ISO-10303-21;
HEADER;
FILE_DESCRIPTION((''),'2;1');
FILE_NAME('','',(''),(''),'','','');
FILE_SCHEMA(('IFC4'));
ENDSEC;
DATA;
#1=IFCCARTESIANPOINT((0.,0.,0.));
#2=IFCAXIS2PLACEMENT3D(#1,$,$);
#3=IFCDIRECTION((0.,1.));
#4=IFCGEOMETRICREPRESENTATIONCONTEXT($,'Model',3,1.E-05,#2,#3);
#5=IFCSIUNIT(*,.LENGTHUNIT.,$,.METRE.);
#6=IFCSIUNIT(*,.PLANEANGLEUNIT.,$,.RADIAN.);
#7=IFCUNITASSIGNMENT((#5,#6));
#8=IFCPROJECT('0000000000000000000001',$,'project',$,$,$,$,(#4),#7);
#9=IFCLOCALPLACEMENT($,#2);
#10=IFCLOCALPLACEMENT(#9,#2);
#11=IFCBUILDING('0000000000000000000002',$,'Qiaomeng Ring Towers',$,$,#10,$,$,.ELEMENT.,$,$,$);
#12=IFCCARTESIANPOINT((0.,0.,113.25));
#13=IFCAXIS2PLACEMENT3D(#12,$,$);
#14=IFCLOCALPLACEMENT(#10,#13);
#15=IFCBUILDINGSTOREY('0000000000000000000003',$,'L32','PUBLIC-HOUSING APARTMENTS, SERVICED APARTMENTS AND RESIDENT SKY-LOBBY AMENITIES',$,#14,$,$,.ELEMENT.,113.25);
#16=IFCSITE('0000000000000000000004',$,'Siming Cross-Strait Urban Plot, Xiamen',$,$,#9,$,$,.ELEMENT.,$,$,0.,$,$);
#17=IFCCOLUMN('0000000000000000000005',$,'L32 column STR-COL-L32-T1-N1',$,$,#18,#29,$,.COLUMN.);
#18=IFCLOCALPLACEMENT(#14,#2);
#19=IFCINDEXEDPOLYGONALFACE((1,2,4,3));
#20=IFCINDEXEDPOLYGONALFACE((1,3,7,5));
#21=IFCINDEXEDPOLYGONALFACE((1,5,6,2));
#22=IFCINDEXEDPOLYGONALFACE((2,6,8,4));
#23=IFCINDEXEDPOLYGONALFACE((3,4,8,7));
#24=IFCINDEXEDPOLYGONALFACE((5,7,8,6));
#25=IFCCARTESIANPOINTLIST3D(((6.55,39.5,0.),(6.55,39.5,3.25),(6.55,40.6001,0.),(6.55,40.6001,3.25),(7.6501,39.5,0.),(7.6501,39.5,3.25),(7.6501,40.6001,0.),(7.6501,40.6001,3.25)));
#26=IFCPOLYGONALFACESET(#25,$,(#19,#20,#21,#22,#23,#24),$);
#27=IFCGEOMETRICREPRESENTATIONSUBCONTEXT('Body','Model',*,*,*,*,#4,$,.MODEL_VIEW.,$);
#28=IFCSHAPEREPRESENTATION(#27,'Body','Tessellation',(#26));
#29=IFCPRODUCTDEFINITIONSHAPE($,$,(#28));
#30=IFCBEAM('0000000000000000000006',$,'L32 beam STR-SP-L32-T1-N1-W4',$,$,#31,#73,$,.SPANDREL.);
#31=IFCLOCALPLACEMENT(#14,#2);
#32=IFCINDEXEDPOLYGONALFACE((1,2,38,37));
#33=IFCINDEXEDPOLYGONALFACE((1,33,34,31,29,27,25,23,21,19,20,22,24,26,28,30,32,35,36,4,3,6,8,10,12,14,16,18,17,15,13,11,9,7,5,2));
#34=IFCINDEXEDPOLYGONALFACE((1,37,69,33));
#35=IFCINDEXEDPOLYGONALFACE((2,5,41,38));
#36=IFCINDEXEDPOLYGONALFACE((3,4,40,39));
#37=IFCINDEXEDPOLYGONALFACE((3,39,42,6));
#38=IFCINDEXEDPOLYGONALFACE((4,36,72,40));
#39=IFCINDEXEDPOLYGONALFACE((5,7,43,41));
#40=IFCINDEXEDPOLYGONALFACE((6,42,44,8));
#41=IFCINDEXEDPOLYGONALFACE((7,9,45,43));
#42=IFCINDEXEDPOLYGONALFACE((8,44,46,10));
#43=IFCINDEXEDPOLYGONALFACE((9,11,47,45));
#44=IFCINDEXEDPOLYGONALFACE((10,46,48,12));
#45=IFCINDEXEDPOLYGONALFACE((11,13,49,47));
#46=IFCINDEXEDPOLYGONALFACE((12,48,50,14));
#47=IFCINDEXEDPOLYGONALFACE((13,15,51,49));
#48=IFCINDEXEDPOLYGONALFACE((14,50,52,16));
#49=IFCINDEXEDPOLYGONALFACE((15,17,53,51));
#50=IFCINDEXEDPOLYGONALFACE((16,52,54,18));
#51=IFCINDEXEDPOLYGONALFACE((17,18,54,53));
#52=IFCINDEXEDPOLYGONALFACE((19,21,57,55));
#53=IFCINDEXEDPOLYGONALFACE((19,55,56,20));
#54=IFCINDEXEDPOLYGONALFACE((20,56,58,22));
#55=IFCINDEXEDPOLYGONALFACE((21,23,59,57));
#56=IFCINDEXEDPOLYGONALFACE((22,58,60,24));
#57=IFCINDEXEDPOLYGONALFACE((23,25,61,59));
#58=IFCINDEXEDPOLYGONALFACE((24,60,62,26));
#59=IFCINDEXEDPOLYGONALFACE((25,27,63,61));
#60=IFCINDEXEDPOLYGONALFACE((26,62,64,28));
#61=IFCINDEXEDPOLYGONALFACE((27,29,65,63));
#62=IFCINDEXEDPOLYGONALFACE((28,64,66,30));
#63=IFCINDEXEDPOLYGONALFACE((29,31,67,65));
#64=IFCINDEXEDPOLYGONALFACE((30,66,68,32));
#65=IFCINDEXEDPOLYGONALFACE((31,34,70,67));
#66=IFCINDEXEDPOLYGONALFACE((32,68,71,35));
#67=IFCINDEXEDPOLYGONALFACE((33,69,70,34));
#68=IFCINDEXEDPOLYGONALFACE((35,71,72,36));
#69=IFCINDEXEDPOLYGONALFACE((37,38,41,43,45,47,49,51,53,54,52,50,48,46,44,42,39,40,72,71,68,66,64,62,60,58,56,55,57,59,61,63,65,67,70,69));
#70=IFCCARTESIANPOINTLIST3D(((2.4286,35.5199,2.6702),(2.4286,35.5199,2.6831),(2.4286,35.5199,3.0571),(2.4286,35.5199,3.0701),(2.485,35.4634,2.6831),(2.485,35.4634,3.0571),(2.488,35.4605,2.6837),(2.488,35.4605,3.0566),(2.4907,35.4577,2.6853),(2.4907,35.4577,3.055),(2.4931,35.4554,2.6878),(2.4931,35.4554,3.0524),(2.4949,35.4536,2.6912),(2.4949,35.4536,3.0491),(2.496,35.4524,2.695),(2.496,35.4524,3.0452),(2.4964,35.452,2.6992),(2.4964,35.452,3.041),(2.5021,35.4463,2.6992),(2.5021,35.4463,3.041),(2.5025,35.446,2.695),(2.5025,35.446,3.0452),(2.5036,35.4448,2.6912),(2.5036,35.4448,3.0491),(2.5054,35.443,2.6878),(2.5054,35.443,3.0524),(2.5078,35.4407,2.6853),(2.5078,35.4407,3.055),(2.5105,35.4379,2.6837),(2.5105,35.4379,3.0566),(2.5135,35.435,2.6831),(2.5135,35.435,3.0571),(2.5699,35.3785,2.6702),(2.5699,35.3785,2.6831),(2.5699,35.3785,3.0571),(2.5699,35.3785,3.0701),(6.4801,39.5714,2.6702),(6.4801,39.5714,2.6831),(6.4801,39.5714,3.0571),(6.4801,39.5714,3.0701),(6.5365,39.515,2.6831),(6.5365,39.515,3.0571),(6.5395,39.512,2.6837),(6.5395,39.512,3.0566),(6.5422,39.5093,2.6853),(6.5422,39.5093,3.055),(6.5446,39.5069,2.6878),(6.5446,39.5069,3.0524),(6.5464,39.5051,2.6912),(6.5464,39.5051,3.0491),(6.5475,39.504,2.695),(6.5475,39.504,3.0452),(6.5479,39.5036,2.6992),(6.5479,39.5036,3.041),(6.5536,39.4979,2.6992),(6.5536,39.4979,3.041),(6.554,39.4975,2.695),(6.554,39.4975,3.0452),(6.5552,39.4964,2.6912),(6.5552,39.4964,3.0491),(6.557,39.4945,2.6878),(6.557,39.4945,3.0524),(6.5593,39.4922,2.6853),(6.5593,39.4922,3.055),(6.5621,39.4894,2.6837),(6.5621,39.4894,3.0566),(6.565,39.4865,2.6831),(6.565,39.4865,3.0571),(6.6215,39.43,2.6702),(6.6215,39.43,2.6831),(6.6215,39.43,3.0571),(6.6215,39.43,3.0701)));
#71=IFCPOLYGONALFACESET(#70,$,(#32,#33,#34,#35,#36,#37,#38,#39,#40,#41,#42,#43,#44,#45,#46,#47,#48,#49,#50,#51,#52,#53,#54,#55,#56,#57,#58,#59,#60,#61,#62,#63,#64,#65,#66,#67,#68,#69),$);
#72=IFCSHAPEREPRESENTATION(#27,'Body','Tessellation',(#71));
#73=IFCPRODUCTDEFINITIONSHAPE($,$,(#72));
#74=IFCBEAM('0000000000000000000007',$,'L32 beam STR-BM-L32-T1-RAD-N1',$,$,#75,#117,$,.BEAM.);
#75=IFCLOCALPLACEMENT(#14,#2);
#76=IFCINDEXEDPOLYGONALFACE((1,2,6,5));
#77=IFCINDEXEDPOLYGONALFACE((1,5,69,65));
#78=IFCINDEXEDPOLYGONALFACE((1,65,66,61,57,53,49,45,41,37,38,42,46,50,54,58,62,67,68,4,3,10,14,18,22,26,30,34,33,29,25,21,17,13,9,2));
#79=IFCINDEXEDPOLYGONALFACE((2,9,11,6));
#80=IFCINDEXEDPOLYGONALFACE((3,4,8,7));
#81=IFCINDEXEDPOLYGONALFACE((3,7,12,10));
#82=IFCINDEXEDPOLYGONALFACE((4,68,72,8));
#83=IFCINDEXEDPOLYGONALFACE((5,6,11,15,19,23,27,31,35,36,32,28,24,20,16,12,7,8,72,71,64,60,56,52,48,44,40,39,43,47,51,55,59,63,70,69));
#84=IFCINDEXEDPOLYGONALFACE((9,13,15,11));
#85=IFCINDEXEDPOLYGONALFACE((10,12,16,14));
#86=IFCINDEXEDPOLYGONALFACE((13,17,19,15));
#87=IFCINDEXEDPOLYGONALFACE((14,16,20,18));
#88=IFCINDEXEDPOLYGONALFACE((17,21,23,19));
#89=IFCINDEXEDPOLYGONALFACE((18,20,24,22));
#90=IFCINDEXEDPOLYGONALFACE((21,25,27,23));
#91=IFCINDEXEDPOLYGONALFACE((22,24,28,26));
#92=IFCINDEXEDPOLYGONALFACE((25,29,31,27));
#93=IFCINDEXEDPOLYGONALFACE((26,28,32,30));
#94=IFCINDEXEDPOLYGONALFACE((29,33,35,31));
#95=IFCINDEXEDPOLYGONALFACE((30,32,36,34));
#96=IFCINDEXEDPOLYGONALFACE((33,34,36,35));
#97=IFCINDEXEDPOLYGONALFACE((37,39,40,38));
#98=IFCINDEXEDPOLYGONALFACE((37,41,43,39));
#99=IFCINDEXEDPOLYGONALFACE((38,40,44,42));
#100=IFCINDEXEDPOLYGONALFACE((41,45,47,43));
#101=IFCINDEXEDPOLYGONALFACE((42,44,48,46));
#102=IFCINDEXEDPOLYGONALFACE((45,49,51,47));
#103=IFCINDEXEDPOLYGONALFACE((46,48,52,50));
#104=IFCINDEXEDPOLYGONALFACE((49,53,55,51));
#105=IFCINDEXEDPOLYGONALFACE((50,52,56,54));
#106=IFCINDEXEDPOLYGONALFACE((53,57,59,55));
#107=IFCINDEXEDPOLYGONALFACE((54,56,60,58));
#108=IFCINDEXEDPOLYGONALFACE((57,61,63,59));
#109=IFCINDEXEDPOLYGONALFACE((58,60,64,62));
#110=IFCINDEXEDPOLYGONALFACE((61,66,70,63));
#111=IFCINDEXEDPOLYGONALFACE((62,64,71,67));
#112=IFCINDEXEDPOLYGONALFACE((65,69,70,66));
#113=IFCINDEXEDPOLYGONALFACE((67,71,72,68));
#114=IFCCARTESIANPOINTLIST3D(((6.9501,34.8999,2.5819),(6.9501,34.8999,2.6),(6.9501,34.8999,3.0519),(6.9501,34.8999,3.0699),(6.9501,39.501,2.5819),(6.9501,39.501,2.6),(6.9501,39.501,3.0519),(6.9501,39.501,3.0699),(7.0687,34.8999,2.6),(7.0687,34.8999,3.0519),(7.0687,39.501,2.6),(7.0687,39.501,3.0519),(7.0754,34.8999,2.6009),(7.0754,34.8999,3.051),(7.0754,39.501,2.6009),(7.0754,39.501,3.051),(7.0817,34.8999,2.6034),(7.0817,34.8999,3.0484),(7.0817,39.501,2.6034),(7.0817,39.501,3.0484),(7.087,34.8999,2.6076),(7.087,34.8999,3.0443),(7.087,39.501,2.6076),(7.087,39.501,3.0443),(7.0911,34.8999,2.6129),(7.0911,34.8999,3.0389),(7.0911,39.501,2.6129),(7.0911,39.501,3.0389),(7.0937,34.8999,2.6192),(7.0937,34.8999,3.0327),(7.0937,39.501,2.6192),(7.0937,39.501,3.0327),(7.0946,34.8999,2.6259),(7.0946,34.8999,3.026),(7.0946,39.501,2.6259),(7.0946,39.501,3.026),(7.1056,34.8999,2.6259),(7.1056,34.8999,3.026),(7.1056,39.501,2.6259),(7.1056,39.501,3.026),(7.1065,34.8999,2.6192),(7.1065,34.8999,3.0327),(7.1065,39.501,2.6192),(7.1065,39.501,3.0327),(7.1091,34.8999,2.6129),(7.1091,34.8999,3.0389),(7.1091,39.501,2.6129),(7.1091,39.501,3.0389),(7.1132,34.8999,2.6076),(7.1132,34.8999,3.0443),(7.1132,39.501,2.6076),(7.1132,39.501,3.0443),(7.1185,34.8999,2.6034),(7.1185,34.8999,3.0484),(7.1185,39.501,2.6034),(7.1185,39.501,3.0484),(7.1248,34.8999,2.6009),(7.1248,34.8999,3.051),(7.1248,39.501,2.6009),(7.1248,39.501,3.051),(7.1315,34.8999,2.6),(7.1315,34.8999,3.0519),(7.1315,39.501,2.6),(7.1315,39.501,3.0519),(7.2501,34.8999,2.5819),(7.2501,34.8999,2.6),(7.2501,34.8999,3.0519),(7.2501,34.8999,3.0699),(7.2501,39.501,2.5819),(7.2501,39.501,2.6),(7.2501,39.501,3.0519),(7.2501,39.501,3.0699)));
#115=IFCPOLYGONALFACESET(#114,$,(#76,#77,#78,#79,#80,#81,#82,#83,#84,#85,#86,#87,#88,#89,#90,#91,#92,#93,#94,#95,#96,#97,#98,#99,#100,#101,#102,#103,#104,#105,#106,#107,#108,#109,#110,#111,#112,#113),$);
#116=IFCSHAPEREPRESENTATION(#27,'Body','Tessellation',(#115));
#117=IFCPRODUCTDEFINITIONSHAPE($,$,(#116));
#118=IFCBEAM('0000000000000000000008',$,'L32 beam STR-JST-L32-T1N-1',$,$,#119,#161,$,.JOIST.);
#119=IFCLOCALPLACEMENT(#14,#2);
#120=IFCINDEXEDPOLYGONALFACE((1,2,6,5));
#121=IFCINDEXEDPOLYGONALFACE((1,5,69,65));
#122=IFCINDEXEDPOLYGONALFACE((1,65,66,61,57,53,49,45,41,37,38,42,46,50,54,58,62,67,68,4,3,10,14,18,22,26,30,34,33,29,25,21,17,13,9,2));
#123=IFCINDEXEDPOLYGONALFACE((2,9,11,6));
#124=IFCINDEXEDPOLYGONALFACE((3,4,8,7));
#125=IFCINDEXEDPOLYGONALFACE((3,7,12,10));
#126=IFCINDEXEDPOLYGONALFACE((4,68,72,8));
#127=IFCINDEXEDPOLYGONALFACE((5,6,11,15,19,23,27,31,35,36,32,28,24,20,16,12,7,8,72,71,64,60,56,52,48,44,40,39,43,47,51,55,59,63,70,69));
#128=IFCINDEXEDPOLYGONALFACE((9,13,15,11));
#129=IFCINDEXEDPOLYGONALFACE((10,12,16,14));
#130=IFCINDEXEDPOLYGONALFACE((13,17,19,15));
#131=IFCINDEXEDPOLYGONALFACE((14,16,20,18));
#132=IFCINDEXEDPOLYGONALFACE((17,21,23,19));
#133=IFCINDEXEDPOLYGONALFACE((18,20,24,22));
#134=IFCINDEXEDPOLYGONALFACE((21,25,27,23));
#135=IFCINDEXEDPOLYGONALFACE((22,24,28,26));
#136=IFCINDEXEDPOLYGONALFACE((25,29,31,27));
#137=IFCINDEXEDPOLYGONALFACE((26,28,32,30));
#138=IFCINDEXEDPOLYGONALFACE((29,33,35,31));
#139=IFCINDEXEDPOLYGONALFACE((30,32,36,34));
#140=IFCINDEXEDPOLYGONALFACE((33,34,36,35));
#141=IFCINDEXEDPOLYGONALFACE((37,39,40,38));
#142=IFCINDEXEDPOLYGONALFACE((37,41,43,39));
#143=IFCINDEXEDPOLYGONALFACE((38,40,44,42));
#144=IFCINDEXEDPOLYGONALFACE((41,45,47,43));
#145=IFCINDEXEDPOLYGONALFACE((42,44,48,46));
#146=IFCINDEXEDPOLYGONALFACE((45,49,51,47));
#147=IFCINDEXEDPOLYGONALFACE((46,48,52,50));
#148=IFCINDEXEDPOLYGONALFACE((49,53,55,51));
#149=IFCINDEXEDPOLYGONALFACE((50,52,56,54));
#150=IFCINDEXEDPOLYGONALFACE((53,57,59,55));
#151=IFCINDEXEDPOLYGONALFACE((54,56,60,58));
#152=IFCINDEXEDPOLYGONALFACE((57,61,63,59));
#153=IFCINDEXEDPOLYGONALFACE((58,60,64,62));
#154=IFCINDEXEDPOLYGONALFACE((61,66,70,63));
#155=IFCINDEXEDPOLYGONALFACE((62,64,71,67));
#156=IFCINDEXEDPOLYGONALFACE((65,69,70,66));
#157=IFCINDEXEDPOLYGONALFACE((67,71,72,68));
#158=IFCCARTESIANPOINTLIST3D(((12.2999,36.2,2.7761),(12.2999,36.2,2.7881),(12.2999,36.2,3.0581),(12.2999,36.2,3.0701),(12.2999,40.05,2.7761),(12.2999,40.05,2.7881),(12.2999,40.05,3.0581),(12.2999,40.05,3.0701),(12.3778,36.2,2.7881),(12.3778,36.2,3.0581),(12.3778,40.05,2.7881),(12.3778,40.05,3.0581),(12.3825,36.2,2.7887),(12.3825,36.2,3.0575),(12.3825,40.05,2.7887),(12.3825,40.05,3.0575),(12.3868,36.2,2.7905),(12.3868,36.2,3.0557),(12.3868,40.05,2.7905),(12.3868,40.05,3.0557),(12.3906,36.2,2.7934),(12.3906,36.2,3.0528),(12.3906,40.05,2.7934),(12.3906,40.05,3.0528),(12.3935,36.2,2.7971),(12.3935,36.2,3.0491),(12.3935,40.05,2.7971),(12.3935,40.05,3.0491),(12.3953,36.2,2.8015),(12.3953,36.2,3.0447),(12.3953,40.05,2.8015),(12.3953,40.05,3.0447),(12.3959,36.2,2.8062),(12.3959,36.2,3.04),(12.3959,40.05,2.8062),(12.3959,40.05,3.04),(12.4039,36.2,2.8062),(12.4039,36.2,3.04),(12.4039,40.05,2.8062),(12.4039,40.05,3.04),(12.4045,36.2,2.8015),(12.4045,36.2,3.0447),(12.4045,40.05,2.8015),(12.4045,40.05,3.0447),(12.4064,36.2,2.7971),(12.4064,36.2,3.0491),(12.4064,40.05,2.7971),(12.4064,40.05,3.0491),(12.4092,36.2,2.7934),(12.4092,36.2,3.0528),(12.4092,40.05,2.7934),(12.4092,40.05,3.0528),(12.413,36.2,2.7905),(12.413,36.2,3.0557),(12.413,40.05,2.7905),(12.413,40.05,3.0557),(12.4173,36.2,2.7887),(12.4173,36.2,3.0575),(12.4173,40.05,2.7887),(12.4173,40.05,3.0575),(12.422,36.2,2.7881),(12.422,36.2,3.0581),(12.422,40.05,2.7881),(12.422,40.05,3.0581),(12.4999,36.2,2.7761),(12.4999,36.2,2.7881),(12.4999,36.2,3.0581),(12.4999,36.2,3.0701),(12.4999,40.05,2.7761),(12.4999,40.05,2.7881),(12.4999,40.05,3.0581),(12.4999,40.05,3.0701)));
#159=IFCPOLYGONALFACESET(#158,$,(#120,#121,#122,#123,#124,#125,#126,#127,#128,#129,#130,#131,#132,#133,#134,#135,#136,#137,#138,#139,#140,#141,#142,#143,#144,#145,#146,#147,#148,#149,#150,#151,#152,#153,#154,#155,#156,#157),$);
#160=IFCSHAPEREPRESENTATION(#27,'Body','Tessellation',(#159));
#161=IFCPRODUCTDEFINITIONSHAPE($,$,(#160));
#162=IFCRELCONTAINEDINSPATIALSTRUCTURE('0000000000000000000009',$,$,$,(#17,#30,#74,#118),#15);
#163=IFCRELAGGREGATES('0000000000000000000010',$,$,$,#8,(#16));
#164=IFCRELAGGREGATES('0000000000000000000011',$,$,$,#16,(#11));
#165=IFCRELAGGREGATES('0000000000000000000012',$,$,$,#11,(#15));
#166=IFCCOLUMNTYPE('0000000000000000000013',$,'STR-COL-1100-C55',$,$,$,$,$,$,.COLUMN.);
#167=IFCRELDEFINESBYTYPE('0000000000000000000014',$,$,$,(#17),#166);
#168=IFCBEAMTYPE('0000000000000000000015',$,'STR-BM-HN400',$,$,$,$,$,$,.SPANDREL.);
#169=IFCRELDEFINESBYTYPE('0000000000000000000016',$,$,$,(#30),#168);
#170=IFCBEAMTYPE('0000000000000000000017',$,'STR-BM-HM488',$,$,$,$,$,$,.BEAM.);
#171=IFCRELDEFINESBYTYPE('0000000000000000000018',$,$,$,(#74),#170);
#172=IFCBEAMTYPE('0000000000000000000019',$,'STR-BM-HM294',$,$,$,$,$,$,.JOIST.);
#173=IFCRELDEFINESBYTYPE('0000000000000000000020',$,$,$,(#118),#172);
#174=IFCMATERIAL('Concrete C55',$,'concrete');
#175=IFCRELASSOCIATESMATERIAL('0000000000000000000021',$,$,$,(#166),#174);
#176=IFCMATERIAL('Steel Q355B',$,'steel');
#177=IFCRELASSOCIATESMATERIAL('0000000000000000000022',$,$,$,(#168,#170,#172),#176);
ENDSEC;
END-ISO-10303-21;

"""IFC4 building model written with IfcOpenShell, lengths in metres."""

from ifc_helpers import new_model, si_unit, direction, frame, origin, origin_2d, place, context, subcontext, project, spatial, rectangle, i_section, extrude, source, transform, mapped, material, material_profile, profile_set, type_object, element, save


model = new_model("IFC4")

# Units and contexts
model_context = context("Model", 3, precision=1e-05, world=origin(), true_north=direction((0.0, 1.0)))
body_context = subcontext(model_context, "Body", "Model", "MODEL_VIEW")
ifc_project = project(units=[si_unit("LENGTHUNIT", "METRE"), si_unit("PLANEANGLEUNIT", "RADIAN")], contexts=[model_context])

# Site, building, storey
site_placement = place(None, origin())
site = spatial("IfcSite", under=ifc_project, at=site_placement, Name="Siming Cross-Strait Urban Plot, Xiamen", CompositionType="ELEMENT", RefElevation=0.0)
building_placement = place(site_placement, origin())
building = spatial("IfcBuilding", under=site, at=building_placement, Name="Qiaomeng Ring Towers", CompositionType="ELEMENT")
storey_placement = place(building_placement, frame((0.0, 0.0, 113.25)))
storey = spatial("IfcBuildingStorey", under=building, at=storey_placement, Name="L32", Description="PUBLIC-HOUSING APARTMENTS, SERVICED APARTMENTS AND RESIDENT SKY-LOBBY AMENITIES", CompositionType="ELEMENT", Elevation=113.25)

# Column
ifc_material_1 = material(Name="Concrete C55", Category="concrete")
ifc_material_profile_1 = material_profile(ifc_material_1, rectangle(XDim=1.1001, YDim=1.1001, at=origin_2d()), Name="RC COL 1100x1100")
ifc_profile_set_1 = profile_set([ifc_material_profile_1], Name="Concrete C55")
column_type = type_object("IfcColumnType", Name="STR-COL-1100-C55", PredefinedType="COLUMN", material=ifc_profile_set_1)
shared_shape_1 = source(origin(), body_context, "Body", "SweptSolid", [
    extrude(rectangle(XDim=1.1001, YDim=1.1001, at=origin_2d()), origin(), (0.0, 0.0, 1.0), 3.25),
])
column_placement = place(storey_placement, frame((7.1001, 40.05, 0.0), z_axis=(0.0, 0.0, 1.0), x_axis=(1.0, 0.0, 0.0)))
element("IfcColumn", 1, at=column_placement, inside=storey, type_object=column_type, Name="L32 column STR-COL-L32-T1-N1", PredefinedType="COLUMN", context=body_context, shape_type="MappedRepresentation", body=[
    mapped(shared_shape_1, transform((0.0, 0.0, 0.0), x_axis=(1.0, 0.0, 0.0), y_axis=(0.0, 1.0, 0.0), z_axis=(0.0, 0.0, 1.0), scale=1.0)),
])

# Beams
ifc_material_2 = material(Name="Steel Q355B", Category="steel")
ifc_material_profile_2 = material_profile(ifc_material_2, i_section(OverallWidth=0.2, OverallDepth=0.3999, WebThickness=0.0081, FlangeThickness=0.0129, FilletRadius=0.0161, at=origin_2d()), Name="HN 400x200x8x13")
ifc_profile_set_2 = profile_set([ifc_material_profile_2], Name="Steel Q355B")
beam_type_1 = type_object("IfcBeamType", Name="STR-BM-HN400", PredefinedType="SPANDREL", material=ifc_profile_set_2)
shared_shape_2 = source(origin(), body_context, "Body", "SweptSolid", [
    extrude(i_section(OverallWidth=0.2, OverallDepth=0.3999, WebThickness=0.0081, FlangeThickness=0.0129, FilletRadius=0.0161, at=origin_2d()), origin(), (0.0, 0.0, 1.0), 5.7297),
])
beam_1_placement = place(storey_placement, frame((6.5508, 39.5007, 2.8701), z_axis=(-0.707107, -0.707107, 0.0), x_axis=(0.707107, -0.707107, 0.0)))
element("IfcBeam", 2, at=beam_1_placement, inside=storey, type_object=beam_type_1, Name="L32 beam STR-SP-L32-T1-N1-W4", PredefinedType="SPANDREL", context=body_context, shape_type="MappedRepresentation", body=[
    mapped(shared_shape_2, transform((0.0, 0.0, 0.0), x_axis=(1.0, 0.0, 0.0), y_axis=(0.0, 1.0, 0.0), z_axis=(0.0, 0.0, 1.0), scale=1.0)),
])
ifc_material_profile_3 = material_profile(ifc_material_2, i_section(OverallWidth=0.3, OverallDepth=0.488, WebThickness=0.011, FlangeThickness=0.0181, FilletRadius=0.0259, at=origin_2d()), Name="HM 488x300x11x18")
ifc_profile_set_3 = profile_set([ifc_material_profile_3], Name="Steel Q355B")
beam_type_2 = type_object("IfcBeamType", Name="STR-BM-HM488", PredefinedType="BEAM", material=ifc_profile_set_3)
shared_shape_3 = source(origin(), body_context, "Body", "SweptSolid", [
    extrude(i_section(OverallWidth=0.3, OverallDepth=0.488, WebThickness=0.011, FlangeThickness=0.0181, FilletRadius=0.0259, at=origin_2d()), origin(), (0.0, 0.0, 1.0), 4.6011),
])
beam_2_placement = place(storey_placement, frame((7.1001, 39.501, 2.8259), z_axis=(0.0, -1.0, 0.0), x_axis=(1.0, 0.0, 0.0)))
element("IfcBeam", 3, at=beam_2_placement, inside=storey, type_object=beam_type_2, Name="L32 beam STR-BM-L32-T1-RAD-N1", PredefinedType="BEAM", context=body_context, shape_type="MappedRepresentation", body=[
    mapped(shared_shape_3, transform((0.0, 0.0, 0.0), x_axis=(1.0, 0.0, 0.0), y_axis=(0.0, 1.0, 0.0), z_axis=(0.0, 0.0, 1.0), scale=1.0)),
])
ifc_material_profile_4 = material_profile(ifc_material_2, i_section(OverallWidth=0.2, OverallDepth=0.2939, WebThickness=0.0081, FlangeThickness=0.012, FilletRadius=0.0181, at=origin_2d()), Name="HM 294x200x8x12")
ifc_profile_set_4 = profile_set([ifc_material_profile_4], Name="Steel Q355B")
beam_type_3 = type_object("IfcBeamType", Name="STR-BM-HM294", PredefinedType="JOIST", material=ifc_profile_set_4)
shared_shape_4 = source(origin(), body_context, "Body", "SweptSolid", [
    extrude(i_section(OverallWidth=0.2, OverallDepth=0.2939, WebThickness=0.0081, FlangeThickness=0.012, FilletRadius=0.0181, at=origin_2d()), origin(), (0.0, 0.0, 1.0), 3.8501),
])
beam_3_placement = place(storey_placement, frame((12.3999, 36.2, 2.9231), z_axis=(0.0, 1.0, 0.0), x_axis=(-1.0, 0.0, 0.0)))
element("IfcBeam", 4, at=beam_3_placement, inside=storey, type_object=beam_type_3, Name="L32 beam STR-JST-L32-T1N-1", PredefinedType="JOIST", context=body_context, shape_type="MappedRepresentation", body=[
    mapped(shared_shape_4, transform((0.0, 0.0, 0.0), x_axis=(1.0, 0.0, 0.0), y_axis=(0.0, 1.0, 0.0), z_axis=(0.0, 0.0, 1.0), scale=1.0)),
])

save(model, "model.ifc")
